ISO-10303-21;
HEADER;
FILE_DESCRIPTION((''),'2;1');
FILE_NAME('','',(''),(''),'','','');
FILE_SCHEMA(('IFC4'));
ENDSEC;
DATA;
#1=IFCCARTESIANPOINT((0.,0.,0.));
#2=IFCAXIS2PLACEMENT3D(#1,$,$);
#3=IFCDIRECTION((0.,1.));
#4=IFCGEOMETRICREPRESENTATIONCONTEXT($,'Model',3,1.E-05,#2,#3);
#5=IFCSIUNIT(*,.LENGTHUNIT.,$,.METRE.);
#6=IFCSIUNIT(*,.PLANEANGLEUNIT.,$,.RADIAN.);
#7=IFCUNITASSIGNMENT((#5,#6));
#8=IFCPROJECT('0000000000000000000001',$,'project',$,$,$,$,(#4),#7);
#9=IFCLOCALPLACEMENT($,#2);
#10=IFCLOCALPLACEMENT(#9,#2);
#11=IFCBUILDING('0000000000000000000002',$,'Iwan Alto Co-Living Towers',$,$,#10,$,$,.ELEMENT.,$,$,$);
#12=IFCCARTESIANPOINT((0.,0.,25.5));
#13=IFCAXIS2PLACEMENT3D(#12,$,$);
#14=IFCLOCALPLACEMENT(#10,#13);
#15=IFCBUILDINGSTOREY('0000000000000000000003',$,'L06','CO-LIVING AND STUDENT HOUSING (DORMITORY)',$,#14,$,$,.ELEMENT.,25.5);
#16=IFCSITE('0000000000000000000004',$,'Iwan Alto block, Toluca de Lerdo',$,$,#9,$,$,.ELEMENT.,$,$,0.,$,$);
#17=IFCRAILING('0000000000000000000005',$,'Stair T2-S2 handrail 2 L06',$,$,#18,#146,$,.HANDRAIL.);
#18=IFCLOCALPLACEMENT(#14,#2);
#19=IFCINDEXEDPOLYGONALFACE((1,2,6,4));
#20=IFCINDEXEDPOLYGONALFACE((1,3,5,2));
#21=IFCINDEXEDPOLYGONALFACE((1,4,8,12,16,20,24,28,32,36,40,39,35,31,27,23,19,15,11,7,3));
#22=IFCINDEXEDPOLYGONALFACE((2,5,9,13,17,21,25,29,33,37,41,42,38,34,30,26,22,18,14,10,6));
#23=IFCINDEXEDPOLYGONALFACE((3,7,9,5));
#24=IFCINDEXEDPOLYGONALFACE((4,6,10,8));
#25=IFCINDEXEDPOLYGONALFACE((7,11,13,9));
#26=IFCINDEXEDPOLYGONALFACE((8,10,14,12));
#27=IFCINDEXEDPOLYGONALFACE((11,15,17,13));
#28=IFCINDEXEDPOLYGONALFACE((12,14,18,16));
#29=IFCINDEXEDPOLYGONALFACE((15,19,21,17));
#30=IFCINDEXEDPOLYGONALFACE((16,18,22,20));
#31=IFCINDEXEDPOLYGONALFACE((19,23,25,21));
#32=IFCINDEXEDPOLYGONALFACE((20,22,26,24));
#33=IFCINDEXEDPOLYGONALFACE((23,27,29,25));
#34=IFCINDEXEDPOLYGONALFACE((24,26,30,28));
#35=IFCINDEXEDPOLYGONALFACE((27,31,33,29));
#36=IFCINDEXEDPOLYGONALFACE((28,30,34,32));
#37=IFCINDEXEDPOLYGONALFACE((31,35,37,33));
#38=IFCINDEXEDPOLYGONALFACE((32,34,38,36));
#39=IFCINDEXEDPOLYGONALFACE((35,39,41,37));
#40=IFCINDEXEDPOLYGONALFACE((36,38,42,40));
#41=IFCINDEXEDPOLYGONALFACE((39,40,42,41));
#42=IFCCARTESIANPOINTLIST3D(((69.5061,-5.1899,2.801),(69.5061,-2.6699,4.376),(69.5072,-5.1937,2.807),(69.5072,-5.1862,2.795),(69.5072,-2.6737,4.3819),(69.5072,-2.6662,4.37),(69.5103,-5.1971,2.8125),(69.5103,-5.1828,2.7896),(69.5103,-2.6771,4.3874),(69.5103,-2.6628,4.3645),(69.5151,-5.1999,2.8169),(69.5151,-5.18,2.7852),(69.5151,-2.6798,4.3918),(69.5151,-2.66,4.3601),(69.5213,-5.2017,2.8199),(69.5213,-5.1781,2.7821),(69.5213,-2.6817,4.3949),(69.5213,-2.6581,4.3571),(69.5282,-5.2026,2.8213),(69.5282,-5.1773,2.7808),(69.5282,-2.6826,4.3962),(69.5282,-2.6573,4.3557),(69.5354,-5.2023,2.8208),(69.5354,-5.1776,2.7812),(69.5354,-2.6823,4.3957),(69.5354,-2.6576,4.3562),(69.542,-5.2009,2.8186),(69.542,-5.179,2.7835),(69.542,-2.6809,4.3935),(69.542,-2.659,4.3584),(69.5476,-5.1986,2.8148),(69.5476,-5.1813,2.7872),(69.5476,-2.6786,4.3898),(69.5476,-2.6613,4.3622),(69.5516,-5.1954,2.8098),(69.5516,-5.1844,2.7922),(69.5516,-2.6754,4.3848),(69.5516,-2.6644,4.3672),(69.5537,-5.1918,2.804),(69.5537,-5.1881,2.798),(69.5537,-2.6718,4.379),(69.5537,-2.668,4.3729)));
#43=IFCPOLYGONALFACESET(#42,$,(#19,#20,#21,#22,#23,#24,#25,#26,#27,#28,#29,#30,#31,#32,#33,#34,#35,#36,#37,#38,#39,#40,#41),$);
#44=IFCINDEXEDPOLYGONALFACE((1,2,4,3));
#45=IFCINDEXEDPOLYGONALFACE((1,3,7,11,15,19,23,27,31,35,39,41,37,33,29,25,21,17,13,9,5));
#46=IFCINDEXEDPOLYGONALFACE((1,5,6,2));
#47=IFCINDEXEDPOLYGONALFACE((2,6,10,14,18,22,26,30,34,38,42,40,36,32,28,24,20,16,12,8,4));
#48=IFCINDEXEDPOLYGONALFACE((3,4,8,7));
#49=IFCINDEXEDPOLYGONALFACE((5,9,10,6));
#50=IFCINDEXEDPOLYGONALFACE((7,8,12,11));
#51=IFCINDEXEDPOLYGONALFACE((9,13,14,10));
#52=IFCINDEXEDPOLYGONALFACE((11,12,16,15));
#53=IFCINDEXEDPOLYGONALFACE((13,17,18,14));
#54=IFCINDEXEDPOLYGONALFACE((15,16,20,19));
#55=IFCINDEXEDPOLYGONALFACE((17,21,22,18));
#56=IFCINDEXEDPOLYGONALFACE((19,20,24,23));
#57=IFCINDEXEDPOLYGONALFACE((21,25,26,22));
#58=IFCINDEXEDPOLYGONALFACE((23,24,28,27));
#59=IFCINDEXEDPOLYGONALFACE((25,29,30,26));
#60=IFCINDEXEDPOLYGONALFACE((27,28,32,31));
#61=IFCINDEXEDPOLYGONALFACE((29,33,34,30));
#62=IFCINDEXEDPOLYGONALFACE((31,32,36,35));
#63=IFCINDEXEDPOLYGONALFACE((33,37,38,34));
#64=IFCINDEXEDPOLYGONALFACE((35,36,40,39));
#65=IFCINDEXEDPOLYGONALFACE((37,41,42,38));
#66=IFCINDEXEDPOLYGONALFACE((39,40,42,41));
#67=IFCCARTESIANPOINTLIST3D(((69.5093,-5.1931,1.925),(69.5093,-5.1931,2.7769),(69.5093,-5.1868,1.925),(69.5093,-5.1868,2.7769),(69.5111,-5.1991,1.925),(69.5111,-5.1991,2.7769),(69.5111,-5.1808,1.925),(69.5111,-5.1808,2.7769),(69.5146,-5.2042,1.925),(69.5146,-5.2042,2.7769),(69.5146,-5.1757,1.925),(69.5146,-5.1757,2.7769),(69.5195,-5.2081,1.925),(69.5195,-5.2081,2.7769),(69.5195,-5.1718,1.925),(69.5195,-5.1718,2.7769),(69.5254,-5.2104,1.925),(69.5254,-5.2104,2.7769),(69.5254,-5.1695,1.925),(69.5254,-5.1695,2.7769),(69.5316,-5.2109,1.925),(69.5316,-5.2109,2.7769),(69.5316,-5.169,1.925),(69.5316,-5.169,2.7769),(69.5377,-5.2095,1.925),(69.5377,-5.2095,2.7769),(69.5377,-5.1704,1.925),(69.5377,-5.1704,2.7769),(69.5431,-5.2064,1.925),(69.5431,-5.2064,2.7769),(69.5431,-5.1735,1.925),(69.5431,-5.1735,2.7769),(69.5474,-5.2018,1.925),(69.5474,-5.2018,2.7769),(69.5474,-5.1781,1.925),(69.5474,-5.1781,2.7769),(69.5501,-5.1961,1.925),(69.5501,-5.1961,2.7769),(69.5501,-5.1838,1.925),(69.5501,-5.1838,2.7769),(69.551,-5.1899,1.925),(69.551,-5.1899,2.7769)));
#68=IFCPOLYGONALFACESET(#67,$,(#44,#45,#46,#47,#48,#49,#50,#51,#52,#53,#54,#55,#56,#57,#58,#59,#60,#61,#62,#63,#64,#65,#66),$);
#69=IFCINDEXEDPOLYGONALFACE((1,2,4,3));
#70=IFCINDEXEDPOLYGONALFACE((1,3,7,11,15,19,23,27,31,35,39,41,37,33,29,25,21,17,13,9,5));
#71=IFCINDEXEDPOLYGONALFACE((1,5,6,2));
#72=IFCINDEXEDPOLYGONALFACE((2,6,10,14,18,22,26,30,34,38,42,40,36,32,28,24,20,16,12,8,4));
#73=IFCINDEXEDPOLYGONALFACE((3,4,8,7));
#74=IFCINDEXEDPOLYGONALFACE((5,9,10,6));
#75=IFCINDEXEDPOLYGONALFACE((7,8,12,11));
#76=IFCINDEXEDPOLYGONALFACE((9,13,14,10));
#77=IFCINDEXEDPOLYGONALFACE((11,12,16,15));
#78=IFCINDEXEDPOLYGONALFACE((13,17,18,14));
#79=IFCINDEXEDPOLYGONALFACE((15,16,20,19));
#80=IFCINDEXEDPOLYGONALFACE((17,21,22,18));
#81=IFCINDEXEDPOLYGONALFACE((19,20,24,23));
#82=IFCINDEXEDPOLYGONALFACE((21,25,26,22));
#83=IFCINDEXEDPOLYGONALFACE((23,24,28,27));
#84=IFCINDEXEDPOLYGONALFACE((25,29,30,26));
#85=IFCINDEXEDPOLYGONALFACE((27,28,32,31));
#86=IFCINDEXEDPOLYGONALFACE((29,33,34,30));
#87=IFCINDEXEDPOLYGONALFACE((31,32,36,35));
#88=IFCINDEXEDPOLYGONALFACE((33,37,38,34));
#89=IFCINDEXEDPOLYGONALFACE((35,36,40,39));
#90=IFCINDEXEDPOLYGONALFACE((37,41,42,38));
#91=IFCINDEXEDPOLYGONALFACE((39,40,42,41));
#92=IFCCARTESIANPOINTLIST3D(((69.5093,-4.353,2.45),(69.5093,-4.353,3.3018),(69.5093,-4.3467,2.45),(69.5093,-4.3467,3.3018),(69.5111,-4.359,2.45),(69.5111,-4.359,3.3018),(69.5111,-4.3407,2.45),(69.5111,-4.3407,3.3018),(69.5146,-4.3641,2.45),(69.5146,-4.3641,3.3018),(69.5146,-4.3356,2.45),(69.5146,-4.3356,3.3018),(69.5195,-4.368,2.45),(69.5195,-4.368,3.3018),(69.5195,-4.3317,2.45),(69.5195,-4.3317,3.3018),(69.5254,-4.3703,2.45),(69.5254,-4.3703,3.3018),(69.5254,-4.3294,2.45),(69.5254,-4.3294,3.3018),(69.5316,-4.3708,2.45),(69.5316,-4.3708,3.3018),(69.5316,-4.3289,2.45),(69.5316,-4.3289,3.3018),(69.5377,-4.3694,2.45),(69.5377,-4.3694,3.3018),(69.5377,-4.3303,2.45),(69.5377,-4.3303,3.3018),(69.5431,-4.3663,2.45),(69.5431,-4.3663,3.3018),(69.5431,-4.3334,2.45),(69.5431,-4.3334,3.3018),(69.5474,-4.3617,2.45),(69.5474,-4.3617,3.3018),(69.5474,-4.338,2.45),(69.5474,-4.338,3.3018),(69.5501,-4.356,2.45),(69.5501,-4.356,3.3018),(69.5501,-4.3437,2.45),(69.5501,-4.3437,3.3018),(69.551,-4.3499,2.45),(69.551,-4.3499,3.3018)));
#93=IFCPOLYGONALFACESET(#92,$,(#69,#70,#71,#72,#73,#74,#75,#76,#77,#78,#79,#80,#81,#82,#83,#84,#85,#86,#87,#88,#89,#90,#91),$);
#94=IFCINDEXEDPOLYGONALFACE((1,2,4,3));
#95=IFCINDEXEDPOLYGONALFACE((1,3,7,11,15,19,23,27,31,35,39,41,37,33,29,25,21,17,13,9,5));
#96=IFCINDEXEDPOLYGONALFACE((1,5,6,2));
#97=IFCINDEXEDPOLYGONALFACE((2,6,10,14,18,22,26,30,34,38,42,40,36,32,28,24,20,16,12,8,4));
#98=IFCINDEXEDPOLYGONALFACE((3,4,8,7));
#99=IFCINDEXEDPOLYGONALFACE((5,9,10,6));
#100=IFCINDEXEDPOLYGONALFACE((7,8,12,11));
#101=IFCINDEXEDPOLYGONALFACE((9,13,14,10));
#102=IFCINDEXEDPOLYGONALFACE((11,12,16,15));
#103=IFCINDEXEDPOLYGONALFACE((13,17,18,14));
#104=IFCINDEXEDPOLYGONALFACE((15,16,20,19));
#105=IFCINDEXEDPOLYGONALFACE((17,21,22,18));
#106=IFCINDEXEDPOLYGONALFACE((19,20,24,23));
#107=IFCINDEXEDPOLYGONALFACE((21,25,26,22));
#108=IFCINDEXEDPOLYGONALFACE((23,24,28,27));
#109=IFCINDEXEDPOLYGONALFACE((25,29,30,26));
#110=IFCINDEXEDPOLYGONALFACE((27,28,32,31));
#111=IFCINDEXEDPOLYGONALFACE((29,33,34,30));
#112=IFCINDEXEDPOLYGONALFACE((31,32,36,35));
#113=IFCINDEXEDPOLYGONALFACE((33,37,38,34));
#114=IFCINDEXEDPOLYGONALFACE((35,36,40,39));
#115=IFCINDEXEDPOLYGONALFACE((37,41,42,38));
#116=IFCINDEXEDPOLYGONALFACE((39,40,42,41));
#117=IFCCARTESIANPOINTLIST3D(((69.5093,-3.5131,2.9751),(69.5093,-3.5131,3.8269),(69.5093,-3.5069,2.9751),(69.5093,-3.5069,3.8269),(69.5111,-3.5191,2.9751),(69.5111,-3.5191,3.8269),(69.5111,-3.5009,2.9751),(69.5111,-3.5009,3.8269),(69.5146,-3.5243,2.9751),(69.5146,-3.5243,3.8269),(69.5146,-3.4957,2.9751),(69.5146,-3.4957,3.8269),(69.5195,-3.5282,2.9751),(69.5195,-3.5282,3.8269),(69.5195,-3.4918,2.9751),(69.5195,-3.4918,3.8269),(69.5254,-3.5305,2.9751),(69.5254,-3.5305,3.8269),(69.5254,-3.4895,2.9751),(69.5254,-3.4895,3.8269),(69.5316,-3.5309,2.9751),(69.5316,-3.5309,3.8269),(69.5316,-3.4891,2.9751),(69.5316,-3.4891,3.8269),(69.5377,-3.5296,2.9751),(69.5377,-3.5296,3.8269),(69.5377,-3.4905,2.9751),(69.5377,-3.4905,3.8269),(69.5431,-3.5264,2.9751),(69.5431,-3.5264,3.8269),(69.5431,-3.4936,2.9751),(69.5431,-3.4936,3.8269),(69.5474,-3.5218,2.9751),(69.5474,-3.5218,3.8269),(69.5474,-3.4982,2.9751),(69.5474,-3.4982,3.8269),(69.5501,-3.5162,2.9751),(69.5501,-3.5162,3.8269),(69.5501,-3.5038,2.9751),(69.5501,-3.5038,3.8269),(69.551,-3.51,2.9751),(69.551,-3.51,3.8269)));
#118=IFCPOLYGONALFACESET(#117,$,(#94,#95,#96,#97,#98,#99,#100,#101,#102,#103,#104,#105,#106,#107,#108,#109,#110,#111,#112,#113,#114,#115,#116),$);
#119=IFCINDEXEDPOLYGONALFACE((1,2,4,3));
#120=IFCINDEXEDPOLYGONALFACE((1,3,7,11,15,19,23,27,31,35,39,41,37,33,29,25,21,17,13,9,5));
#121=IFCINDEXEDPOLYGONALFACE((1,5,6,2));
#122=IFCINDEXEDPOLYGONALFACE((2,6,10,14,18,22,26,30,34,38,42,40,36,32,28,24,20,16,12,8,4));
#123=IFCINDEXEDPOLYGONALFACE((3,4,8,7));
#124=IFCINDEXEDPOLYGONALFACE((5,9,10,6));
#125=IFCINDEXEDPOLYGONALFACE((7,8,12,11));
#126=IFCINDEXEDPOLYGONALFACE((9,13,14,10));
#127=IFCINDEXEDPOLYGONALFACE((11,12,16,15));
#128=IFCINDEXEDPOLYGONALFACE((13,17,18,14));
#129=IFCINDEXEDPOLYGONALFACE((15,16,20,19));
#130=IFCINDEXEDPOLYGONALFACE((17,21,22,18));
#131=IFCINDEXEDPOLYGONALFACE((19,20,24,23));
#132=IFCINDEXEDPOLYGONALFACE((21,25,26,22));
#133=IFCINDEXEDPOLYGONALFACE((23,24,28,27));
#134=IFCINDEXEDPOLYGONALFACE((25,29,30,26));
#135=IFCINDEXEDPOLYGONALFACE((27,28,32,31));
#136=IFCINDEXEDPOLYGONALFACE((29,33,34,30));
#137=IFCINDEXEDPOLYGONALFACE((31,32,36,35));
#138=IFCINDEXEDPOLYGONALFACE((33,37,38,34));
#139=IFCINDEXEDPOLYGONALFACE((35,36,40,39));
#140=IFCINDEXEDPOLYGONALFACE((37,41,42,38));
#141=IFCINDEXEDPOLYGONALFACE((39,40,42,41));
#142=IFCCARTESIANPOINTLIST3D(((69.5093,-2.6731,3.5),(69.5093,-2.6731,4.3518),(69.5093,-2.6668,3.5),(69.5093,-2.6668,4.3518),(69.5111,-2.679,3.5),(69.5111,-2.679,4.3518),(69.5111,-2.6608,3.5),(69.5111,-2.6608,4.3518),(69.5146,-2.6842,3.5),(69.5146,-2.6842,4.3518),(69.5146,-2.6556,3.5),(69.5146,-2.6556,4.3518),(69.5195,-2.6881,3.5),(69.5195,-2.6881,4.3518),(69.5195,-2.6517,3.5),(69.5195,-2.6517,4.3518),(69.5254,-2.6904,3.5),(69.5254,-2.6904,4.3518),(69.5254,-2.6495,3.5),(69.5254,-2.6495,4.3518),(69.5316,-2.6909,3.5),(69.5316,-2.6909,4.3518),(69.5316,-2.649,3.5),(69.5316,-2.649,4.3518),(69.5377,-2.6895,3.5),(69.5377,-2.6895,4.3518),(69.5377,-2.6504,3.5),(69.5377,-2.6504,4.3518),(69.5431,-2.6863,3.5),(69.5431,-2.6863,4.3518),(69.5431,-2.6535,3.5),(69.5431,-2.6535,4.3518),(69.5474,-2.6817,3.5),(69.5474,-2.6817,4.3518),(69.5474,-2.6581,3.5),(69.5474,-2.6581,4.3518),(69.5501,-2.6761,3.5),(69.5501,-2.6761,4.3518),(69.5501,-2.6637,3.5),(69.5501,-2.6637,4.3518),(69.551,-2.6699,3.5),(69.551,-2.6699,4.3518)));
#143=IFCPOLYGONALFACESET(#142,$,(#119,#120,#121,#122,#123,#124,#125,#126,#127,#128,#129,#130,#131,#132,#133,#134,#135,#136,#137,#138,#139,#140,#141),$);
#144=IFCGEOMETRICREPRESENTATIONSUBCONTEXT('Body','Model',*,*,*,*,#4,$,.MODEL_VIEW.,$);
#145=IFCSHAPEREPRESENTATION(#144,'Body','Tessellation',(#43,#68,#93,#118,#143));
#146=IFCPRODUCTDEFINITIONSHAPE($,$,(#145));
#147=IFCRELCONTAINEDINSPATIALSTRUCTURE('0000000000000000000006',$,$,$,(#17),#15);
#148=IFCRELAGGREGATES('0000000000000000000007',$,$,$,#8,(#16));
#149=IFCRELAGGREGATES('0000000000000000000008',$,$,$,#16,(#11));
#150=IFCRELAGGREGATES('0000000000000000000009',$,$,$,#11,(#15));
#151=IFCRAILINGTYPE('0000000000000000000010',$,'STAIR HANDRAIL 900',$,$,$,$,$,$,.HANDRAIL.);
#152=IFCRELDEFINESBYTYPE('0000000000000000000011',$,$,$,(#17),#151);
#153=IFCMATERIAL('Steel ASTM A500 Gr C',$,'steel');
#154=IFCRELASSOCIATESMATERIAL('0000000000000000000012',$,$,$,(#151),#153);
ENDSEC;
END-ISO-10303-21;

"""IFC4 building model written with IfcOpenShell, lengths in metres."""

from ifc_helpers import new_model, si_unit, direction, frame, origin, origin_2d, place, context, subcontext, project, spatial, circle, extrude, material, type_object, element, save


model = new_model("IFC4")

# Units and contexts
model_context = context("Model", 3, precision=1e-05, world=origin(), true_north=direction((0.0, 1.0)))
body_context = subcontext(model_context, "Body", "Model", "MODEL_VIEW")
ifc_project = project(units=[si_unit("LENGTHUNIT", "METRE"), si_unit("PLANEANGLEUNIT", "RADIAN")], contexts=[model_context])

# Site, building, storey
site_placement = place(None, origin())
site = spatial("IfcSite", under=ifc_project, at=site_placement, Name="Iwan Alto block, Toluca de Lerdo", CompositionType="ELEMENT", RefElevation=0.0)
building_placement = place(site_placement, origin())
building = spatial("IfcBuilding", under=site, at=building_placement, Name="Iwan Alto Co-Living Towers", CompositionType="ELEMENT")
storey_placement = place(building_placement, frame((0.0, 0.0, 25.5)))
storey = spatial("IfcBuildingStorey", under=building, at=storey_placement, Name="L06", Description="CO-LIVING AND STUDENT HOUSING (DORMITORY)", CompositionType="ELEMENT", Elevation=25.5)

# Railing
ifc_material_1 = material(Name="Steel ASTM A500 Gr C", Category="steel")
railing_type_1 = type_object("IfcRailingType", Name="STAIR HANDRAIL 900", PredefinedType="HANDRAIL", material=ifc_material_1)
railing_1_placement = place(storey_placement, frame((69.53, -5.1899, 1.925)))
element("IfcRailing", 1, at=railing_1_placement, inside=storey, type_object=railing_type_1, Name="Stair T2-S2 handrail 2 L06", PredefinedType="HANDRAIL", context=body_context, shape_type="SweptSolid", body=[
    extrude(circle(Radius=0.0239, at=origin_2d()), frame((0.0, 0.0, 0.876), z_axis=(0.0, 0.848008, 0.529984), x_axis=(-1.0, 0.0, 0.0)), (0.0, 0.0, 1.0), 2.9717),
    extrude(circle(Radius=0.021, at=origin_2d()), origin(), (0.0, 0.0, 1.0), 0.8518),
    extrude(circle(Radius=0.021, at=origin_2d()), frame((0.0, 0.8401, 0.5249)), (0.0, 0.0, 1.0), 0.8518),
    extrude(circle(Radius=0.021, at=origin_2d()), frame((0.0, 1.6799, 1.05)), (0.0, 0.0, 1.0), 0.8518),
    extrude(circle(Radius=0.021, at=origin_2d()), frame((0.0, 2.52, 1.575)), (0.0, 0.0, 1.0), 0.8518),
])

save(model, "model.ifc")
